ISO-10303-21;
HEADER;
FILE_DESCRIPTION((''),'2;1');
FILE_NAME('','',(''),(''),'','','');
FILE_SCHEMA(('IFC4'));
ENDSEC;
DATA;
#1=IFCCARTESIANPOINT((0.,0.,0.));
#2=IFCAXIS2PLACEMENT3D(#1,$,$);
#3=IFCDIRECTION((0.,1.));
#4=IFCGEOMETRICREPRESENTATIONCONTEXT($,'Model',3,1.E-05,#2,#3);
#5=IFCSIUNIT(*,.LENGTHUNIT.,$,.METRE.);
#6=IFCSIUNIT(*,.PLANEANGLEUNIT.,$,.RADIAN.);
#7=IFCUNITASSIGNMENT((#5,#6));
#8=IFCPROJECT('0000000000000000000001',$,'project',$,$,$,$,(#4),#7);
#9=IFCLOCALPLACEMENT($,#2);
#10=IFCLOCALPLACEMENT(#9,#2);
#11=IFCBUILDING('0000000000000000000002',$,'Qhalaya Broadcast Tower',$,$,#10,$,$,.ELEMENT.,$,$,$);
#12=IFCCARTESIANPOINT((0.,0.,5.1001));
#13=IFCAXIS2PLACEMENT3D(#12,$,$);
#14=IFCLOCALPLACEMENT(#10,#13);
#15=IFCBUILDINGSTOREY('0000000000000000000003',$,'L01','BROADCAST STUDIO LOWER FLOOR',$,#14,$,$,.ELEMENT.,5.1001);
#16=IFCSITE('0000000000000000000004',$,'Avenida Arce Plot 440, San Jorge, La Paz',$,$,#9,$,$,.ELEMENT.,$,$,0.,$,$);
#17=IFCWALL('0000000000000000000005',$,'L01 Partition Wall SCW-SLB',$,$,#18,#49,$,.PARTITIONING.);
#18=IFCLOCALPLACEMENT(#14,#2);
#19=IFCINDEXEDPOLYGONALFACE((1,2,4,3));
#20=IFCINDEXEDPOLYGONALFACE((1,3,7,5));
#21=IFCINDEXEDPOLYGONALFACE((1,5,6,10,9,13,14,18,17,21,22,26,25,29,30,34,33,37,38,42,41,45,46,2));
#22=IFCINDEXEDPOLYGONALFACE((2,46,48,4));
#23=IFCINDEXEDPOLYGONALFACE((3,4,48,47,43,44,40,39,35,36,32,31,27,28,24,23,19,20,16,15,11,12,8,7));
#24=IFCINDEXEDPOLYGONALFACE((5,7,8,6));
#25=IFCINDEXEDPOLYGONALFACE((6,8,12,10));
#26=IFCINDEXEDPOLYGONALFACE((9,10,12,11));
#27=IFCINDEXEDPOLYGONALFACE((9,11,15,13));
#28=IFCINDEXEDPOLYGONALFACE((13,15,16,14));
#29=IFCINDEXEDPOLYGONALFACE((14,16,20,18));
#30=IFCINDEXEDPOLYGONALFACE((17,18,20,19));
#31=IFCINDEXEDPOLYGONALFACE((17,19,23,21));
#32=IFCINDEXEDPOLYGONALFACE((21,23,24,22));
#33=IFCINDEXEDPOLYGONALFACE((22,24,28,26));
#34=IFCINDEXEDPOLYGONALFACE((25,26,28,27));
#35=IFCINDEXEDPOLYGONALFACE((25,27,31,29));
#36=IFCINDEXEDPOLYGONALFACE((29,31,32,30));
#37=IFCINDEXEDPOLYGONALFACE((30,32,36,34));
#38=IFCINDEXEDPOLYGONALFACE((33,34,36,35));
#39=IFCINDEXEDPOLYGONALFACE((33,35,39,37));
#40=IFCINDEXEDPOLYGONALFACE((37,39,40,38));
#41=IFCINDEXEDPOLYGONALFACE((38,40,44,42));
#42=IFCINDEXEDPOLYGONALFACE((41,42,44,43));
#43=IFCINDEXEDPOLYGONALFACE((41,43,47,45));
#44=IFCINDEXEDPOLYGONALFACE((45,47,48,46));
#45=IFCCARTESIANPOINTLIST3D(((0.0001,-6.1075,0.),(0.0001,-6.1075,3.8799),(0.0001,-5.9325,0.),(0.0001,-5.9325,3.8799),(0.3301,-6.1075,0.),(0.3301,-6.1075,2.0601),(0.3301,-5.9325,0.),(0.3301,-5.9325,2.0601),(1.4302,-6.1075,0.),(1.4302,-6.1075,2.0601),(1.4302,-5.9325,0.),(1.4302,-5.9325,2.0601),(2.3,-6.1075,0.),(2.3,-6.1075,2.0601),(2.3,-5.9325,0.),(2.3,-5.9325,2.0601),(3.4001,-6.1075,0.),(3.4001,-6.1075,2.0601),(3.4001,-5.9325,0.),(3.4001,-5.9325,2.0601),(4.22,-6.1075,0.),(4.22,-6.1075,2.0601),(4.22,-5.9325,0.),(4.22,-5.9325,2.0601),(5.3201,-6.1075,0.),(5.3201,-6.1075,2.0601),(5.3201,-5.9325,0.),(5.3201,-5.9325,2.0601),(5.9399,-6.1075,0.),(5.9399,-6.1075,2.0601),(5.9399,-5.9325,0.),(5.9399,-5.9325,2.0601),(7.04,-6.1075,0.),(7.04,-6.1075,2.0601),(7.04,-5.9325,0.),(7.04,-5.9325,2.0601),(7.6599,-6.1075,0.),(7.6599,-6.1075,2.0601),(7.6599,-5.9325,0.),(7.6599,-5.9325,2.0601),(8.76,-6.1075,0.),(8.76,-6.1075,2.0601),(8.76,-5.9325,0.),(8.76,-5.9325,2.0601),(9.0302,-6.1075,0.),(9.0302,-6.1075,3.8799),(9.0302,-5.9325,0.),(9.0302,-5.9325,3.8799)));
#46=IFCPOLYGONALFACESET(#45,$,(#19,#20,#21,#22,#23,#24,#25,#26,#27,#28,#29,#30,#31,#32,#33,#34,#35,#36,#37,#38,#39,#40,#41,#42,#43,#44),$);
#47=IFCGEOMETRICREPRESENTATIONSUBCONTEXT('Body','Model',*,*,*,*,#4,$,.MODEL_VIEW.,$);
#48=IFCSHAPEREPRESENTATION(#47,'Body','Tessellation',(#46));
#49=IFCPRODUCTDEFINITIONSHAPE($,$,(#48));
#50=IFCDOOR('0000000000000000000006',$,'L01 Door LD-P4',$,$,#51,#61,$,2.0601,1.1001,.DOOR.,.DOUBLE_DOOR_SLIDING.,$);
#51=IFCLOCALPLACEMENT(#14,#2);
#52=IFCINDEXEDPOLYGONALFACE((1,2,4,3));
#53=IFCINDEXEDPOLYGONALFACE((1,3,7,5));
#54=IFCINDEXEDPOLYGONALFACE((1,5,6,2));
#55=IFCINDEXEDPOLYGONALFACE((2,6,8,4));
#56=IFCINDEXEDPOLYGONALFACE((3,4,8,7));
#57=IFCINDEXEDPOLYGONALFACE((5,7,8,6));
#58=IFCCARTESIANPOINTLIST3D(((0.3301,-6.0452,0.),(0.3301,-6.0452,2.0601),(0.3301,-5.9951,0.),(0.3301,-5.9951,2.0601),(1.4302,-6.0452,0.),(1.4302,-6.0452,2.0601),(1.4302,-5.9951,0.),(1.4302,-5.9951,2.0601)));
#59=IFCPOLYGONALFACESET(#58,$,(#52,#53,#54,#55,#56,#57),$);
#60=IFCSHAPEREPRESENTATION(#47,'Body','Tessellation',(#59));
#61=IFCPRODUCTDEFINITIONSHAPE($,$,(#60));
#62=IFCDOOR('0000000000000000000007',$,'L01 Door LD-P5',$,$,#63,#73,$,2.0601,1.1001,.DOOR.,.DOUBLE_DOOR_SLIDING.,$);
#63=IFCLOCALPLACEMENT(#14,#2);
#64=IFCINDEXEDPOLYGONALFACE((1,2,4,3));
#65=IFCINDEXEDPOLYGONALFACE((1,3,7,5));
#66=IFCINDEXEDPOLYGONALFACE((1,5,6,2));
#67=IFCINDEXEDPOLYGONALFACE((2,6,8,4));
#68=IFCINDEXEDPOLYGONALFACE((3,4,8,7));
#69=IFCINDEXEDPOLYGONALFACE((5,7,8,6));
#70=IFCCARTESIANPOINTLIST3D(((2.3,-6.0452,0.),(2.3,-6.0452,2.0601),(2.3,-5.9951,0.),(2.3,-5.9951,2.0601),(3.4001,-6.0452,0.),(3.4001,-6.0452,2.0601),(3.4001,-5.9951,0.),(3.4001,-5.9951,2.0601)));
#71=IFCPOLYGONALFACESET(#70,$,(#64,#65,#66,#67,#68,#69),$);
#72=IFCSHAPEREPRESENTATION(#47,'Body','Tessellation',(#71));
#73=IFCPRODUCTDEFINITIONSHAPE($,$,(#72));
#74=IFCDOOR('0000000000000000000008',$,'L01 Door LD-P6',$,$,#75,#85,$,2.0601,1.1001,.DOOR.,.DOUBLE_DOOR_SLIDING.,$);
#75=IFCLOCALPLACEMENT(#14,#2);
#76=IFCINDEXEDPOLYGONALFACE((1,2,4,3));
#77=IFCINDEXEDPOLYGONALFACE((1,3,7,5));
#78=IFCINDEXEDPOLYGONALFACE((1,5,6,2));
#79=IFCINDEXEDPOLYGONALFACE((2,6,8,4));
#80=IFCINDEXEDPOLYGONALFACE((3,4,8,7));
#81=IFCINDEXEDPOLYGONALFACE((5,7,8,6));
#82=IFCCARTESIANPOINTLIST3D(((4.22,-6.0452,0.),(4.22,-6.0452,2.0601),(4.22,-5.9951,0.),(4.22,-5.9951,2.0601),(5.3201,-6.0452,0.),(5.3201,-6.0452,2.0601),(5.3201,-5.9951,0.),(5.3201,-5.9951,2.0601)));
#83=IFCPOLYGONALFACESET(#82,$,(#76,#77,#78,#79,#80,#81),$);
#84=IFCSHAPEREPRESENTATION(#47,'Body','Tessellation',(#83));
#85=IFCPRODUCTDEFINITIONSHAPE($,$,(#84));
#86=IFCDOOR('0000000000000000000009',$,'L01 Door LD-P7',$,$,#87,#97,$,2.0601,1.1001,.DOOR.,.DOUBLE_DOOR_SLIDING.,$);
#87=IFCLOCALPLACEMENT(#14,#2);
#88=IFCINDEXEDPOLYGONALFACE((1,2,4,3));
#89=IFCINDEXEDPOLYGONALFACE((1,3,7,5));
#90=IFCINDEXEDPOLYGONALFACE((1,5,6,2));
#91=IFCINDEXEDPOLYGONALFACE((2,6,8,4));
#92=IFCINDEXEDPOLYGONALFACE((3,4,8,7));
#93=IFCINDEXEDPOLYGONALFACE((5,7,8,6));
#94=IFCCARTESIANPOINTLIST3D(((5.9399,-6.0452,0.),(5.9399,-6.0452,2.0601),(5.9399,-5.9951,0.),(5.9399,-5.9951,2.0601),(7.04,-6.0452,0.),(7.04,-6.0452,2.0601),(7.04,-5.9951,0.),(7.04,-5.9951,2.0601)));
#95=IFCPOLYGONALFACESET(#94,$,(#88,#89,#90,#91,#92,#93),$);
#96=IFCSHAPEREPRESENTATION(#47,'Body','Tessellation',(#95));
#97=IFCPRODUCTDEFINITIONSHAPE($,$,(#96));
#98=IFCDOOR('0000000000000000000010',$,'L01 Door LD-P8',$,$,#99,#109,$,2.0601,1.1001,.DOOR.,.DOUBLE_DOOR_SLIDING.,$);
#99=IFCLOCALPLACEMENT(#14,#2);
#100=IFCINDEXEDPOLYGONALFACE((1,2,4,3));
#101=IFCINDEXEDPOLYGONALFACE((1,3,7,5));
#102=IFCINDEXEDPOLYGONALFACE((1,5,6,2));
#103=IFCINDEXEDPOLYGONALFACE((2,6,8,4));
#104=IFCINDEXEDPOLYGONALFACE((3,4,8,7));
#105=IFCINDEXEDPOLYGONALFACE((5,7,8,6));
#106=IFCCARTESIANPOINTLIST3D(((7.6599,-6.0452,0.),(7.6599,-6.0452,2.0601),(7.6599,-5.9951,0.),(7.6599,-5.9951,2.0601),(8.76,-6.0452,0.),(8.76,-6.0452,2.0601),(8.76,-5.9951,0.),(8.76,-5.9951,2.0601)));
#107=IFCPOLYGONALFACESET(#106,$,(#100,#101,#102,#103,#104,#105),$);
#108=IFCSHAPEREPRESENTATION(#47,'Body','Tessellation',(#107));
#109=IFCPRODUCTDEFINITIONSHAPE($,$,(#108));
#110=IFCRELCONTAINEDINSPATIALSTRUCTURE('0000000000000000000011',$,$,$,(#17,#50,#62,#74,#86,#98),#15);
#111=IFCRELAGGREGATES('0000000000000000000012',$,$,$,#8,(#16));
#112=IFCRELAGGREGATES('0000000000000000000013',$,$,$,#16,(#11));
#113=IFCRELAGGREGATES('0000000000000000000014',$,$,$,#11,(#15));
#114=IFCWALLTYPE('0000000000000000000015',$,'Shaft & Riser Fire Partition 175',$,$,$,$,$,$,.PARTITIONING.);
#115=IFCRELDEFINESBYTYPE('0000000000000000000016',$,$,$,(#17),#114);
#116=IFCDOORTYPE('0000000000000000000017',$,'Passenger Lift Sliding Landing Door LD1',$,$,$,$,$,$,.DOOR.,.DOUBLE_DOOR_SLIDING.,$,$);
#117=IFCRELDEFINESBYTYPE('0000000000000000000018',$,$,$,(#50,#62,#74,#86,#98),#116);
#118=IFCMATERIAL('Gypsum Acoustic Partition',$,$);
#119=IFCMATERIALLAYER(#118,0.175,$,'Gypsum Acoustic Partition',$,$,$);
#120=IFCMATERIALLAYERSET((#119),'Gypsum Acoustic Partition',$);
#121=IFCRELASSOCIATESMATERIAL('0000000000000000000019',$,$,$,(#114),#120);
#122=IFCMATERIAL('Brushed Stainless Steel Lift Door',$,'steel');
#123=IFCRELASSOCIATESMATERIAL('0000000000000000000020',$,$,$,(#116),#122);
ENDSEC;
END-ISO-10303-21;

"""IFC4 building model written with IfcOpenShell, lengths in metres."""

from ifc_helpers import new_model, si_unit, direction, frame, frame_2d, origin, place, context, subcontext, project, spatial, rectangle, extrude, material, layer, layer_set, type_object, element, fill, save


model = new_model("IFC4")

# Units and contexts
model_context = context("Model", 3, precision=1e-05, world=origin(), true_north=direction((0.0, 1.0)))
body_context = subcontext(model_context, "Body", "Model", "MODEL_VIEW")
ifc_project = project(units=[si_unit("LENGTHUNIT", "METRE"), si_unit("PLANEANGLEUNIT", "RADIAN")], contexts=[model_context])

# Site, building, storey
site_placement = place(None, origin())
site = spatial("IfcSite", under=ifc_project, at=site_placement, Name="Avenida Arce Plot 440, San Jorge, La Paz", CompositionType="ELEMENT", RefElevation=0.0)
building_placement = place(site_placement, origin())
building = spatial("IfcBuilding", under=site, at=building_placement, Name="Qhalaya Broadcast Tower", CompositionType="ELEMENT")
storey_placement = place(building_placement, frame((0.0, 0.0, 5.1001)))
storey = spatial("IfcBuildingStorey", under=building, at=storey_placement, Name="L01", Description="BROADCAST STUDIO LOWER FLOOR", CompositionType="ELEMENT", Elevation=5.1001)

# Shared definitions
ifc_material_1 = material(Name="Brushed Stainless Steel Lift Door", Category="steel")

# Shared definitions
ifc_material_2 = material(Name="Gypsum Acoustic Partition")

# Shared definitions
ifc_layer_1 = layer(ifc_material_2, 0.175, Name="Gypsum Acoustic Partition")
ifc_layer_set_1 = layer_set([ifc_layer_1], Name="Gypsum Acoustic Partition")
wall_type_1 = type_object("IfcWallType", Name="Shaft & Riser Fire Partition 175", PredefinedType="PARTITIONING", material=ifc_layer_set_1)

# Wall, openings, doors
wall_1_placement = place(storey_placement, frame((0.0, -6.02, 0.0), z_axis=(0.0, 0.0, 1.0), x_axis=(1.0, 0.0, 0.0)))
wall_1 = element("IfcWall", 1, at=wall_1_placement, inside=storey, type_object=wall_type_1, Name="L01 Partition Wall SCW-SLB", PredefinedType="PARTITIONING", context=body_context, shape_type="SweptSolid", body=[
    extrude(rectangle(XDim=9.03, YDim=0.175, at=frame_2d((4.5151, 0.0))), origin(), (0.0, 0.0, 1.0), 3.8799),
])
opening_1_placement = place(wall_1_placement, frame((0.3301, 0.0, 0.0)))
opening_1 = element("IfcOpeningElement", 2, at=opening_1_placement, cuts=wall_1, PredefinedType="OPENING", context=body_context, shape_type="SweptSolid", body=[
    extrude(rectangle(XDim=1.1001, YDim=2.0601, at=frame_2d((0.55, 1.03))), frame((0.0, 0.0996, 0.0), z_axis=(0.0, -1.0, 0.0), x_axis=(1.0, 0.0, 0.0)), (0.0, 0.0, 1.0), 0.199),
])
opening_2_placement = place(wall_1_placement, frame((2.3, 0.0, 0.0)))
opening_2 = element("IfcOpeningElement", 3, at=opening_2_placement, cuts=wall_1, PredefinedType="OPENING", context=body_context, shape_type="SweptSolid", body=[
    extrude(rectangle(XDim=1.1001, YDim=2.0601, at=frame_2d((0.55, 1.03))), frame((0.0, 0.0996, 0.0), z_axis=(0.0, -1.0, 0.0), x_axis=(1.0, 0.0, 0.0)), (0.0, 0.0, 1.0), 0.199),
])
opening_3_placement = place(wall_1_placement, frame((4.22, 0.0, 0.0)))
opening_3 = element("IfcOpeningElement", 4, at=opening_3_placement, cuts=wall_1, PredefinedType="OPENING", context=body_context, shape_type="SweptSolid", body=[
    extrude(rectangle(XDim=1.1001, YDim=2.0601, at=frame_2d((0.55, 1.03))), frame((0.0, 0.0996, 0.0), z_axis=(0.0, -1.0, 0.0), x_axis=(1.0, 0.0, 0.0)), (0.0, 0.0, 1.0), 0.199),
])
opening_4_placement = place(wall_1_placement, frame((5.9399, 0.0, 0.0)))
opening_4 = element("IfcOpeningElement", 5, at=opening_4_placement, cuts=wall_1, PredefinedType="OPENING", context=body_context, shape_type="SweptSolid", body=[
    extrude(rectangle(XDim=1.1001, YDim=2.0601, at=frame_2d((0.55, 1.03))), frame((0.0, 0.0996, 0.0), z_axis=(0.0, -1.0, 0.0), x_axis=(1.0, 0.0, 0.0)), (0.0, 0.0, 1.0), 0.199),
])
opening_5_placement = place(wall_1_placement, frame((7.6599, 0.0, 0.0)))
opening_5 = element("IfcOpeningElement", 6, at=opening_5_placement, cuts=wall_1, PredefinedType="OPENING", context=body_context, shape_type="SweptSolid", body=[
    extrude(rectangle(XDim=1.1001, YDim=2.0601, at=frame_2d((0.55, 1.03))), frame((0.0, 0.0996, 0.0), z_axis=(0.0, -1.0, 0.0), x_axis=(1.0, 0.0, 0.0)), (0.0, 0.0, 1.0), 0.199),
])
door_type_1 = type_object("IfcDoorType", Name="Passenger Lift Sliding Landing Door LD1", OperationType="DOUBLE_DOOR_SLIDING", PredefinedType="DOOR", material=ifc_material_1)
door_1_placement = place(opening_1_placement, origin())
door_1 = element("IfcDoor", 7, at=door_1_placement, inside=storey, type_object=door_type_1, Name="L01 Door LD-P4", OperationType="DOUBLE_DOOR_SLIDING", OverallHeight=2.0601, OverallWidth=1.1001, PredefinedType="DOOR", context=body_context, shape_type="SweptSolid", body=[
    extrude(rectangle(XDim=1.1001, YDim=2.0601, at=frame_2d((0.55, 1.03))), frame((0.0, 0.0249, 0.0), z_axis=(0.0, -1.0, 0.0), x_axis=(1.0, 0.0, 0.0)), (0.0, 0.0, 1.0), 0.05),
])
fill(opening_1, door_1)
door_2_placement = place(opening_2_placement, origin())
door_2 = element("IfcDoor", 8, at=door_2_placement, inside=storey, type_object=door_type_1, Name="L01 Door LD-P5", OperationType="DOUBLE_DOOR_SLIDING", OverallHeight=2.0601, OverallWidth=1.1001, PredefinedType="DOOR", context=body_context, shape_type="SweptSolid", body=[
    extrude(rectangle(XDim=1.1001, YDim=2.0601, at=frame_2d((0.55, 1.03))), frame((0.0, 0.0249, 0.0), z_axis=(0.0, -1.0, 0.0), x_axis=(1.0, 0.0, 0.0)), (0.0, 0.0, 1.0), 0.05),
])
fill(opening_2, door_2)
door_3_placement = place(opening_3_placement, origin())
door_3 = element("IfcDoor", 9, at=door_3_placement, inside=storey, type_object=door_type_1, Name="L01 Door LD-P6", OperationType="DOUBLE_DOOR_SLIDING", OverallHeight=2.0601, OverallWidth=1.1001, PredefinedType="DOOR", context=body_context, shape_type="SweptSolid", body=[
    extrude(rectangle(XDim=1.1001, YDim=2.0601, at=frame_2d((0.55, 1.03))), frame((0.0, 0.0249, 0.0), z_axis=(0.0, -1.0, 0.0), x_axis=(1.0, 0.0, 0.0)), (0.0, 0.0, 1.0), 0.05),
])
fill(opening_3, door_3)
door_4_placement = place(opening_4_placement, origin())
door_4 = element("IfcDoor", 10, at=door_4_placement, inside=storey, type_object=door_type_1, Name="L01 Door LD-P7", OperationType="DOUBLE_DOOR_SLIDING", OverallHeight=2.0601, OverallWidth=1.1001, PredefinedType="DOOR", context=body_context, shape_type="SweptSolid", body=[
    extrude(rectangle(XDim=1.1001, YDim=2.0601, at=frame_2d((0.55, 1.03))), frame((0.0, 0.0249, 0.0), z_axis=(0.0, -1.0, 0.0), x_axis=(1.0, 0.0, 0.0)), (0.0, 0.0, 1.0), 0.05),
])
fill(opening_4, door_4)
door_5_placement = place(opening_5_placement, origin())
door_5 = element("IfcDoor", 11, at=door_5_placement, inside=storey, type_object=door_type_1, Name="L01 Door LD-P8", OperationType="DOUBLE_DOOR_SLIDING", OverallHeight=2.0601, OverallWidth=1.1001, PredefinedType="DOOR", context=body_context, shape_type="SweptSolid", body=[
    extrude(rectangle(XDim=1.1001, YDim=2.0601, at=frame_2d((0.55, 1.03))), frame((0.0, 0.0249, 0.0), z_axis=(0.0, -1.0, 0.0), x_axis=(1.0, 0.0, 0.0)), (0.0, 0.0, 1.0), 0.05),
])
fill(opening_5, door_5)

save(model, "model.ifc")
